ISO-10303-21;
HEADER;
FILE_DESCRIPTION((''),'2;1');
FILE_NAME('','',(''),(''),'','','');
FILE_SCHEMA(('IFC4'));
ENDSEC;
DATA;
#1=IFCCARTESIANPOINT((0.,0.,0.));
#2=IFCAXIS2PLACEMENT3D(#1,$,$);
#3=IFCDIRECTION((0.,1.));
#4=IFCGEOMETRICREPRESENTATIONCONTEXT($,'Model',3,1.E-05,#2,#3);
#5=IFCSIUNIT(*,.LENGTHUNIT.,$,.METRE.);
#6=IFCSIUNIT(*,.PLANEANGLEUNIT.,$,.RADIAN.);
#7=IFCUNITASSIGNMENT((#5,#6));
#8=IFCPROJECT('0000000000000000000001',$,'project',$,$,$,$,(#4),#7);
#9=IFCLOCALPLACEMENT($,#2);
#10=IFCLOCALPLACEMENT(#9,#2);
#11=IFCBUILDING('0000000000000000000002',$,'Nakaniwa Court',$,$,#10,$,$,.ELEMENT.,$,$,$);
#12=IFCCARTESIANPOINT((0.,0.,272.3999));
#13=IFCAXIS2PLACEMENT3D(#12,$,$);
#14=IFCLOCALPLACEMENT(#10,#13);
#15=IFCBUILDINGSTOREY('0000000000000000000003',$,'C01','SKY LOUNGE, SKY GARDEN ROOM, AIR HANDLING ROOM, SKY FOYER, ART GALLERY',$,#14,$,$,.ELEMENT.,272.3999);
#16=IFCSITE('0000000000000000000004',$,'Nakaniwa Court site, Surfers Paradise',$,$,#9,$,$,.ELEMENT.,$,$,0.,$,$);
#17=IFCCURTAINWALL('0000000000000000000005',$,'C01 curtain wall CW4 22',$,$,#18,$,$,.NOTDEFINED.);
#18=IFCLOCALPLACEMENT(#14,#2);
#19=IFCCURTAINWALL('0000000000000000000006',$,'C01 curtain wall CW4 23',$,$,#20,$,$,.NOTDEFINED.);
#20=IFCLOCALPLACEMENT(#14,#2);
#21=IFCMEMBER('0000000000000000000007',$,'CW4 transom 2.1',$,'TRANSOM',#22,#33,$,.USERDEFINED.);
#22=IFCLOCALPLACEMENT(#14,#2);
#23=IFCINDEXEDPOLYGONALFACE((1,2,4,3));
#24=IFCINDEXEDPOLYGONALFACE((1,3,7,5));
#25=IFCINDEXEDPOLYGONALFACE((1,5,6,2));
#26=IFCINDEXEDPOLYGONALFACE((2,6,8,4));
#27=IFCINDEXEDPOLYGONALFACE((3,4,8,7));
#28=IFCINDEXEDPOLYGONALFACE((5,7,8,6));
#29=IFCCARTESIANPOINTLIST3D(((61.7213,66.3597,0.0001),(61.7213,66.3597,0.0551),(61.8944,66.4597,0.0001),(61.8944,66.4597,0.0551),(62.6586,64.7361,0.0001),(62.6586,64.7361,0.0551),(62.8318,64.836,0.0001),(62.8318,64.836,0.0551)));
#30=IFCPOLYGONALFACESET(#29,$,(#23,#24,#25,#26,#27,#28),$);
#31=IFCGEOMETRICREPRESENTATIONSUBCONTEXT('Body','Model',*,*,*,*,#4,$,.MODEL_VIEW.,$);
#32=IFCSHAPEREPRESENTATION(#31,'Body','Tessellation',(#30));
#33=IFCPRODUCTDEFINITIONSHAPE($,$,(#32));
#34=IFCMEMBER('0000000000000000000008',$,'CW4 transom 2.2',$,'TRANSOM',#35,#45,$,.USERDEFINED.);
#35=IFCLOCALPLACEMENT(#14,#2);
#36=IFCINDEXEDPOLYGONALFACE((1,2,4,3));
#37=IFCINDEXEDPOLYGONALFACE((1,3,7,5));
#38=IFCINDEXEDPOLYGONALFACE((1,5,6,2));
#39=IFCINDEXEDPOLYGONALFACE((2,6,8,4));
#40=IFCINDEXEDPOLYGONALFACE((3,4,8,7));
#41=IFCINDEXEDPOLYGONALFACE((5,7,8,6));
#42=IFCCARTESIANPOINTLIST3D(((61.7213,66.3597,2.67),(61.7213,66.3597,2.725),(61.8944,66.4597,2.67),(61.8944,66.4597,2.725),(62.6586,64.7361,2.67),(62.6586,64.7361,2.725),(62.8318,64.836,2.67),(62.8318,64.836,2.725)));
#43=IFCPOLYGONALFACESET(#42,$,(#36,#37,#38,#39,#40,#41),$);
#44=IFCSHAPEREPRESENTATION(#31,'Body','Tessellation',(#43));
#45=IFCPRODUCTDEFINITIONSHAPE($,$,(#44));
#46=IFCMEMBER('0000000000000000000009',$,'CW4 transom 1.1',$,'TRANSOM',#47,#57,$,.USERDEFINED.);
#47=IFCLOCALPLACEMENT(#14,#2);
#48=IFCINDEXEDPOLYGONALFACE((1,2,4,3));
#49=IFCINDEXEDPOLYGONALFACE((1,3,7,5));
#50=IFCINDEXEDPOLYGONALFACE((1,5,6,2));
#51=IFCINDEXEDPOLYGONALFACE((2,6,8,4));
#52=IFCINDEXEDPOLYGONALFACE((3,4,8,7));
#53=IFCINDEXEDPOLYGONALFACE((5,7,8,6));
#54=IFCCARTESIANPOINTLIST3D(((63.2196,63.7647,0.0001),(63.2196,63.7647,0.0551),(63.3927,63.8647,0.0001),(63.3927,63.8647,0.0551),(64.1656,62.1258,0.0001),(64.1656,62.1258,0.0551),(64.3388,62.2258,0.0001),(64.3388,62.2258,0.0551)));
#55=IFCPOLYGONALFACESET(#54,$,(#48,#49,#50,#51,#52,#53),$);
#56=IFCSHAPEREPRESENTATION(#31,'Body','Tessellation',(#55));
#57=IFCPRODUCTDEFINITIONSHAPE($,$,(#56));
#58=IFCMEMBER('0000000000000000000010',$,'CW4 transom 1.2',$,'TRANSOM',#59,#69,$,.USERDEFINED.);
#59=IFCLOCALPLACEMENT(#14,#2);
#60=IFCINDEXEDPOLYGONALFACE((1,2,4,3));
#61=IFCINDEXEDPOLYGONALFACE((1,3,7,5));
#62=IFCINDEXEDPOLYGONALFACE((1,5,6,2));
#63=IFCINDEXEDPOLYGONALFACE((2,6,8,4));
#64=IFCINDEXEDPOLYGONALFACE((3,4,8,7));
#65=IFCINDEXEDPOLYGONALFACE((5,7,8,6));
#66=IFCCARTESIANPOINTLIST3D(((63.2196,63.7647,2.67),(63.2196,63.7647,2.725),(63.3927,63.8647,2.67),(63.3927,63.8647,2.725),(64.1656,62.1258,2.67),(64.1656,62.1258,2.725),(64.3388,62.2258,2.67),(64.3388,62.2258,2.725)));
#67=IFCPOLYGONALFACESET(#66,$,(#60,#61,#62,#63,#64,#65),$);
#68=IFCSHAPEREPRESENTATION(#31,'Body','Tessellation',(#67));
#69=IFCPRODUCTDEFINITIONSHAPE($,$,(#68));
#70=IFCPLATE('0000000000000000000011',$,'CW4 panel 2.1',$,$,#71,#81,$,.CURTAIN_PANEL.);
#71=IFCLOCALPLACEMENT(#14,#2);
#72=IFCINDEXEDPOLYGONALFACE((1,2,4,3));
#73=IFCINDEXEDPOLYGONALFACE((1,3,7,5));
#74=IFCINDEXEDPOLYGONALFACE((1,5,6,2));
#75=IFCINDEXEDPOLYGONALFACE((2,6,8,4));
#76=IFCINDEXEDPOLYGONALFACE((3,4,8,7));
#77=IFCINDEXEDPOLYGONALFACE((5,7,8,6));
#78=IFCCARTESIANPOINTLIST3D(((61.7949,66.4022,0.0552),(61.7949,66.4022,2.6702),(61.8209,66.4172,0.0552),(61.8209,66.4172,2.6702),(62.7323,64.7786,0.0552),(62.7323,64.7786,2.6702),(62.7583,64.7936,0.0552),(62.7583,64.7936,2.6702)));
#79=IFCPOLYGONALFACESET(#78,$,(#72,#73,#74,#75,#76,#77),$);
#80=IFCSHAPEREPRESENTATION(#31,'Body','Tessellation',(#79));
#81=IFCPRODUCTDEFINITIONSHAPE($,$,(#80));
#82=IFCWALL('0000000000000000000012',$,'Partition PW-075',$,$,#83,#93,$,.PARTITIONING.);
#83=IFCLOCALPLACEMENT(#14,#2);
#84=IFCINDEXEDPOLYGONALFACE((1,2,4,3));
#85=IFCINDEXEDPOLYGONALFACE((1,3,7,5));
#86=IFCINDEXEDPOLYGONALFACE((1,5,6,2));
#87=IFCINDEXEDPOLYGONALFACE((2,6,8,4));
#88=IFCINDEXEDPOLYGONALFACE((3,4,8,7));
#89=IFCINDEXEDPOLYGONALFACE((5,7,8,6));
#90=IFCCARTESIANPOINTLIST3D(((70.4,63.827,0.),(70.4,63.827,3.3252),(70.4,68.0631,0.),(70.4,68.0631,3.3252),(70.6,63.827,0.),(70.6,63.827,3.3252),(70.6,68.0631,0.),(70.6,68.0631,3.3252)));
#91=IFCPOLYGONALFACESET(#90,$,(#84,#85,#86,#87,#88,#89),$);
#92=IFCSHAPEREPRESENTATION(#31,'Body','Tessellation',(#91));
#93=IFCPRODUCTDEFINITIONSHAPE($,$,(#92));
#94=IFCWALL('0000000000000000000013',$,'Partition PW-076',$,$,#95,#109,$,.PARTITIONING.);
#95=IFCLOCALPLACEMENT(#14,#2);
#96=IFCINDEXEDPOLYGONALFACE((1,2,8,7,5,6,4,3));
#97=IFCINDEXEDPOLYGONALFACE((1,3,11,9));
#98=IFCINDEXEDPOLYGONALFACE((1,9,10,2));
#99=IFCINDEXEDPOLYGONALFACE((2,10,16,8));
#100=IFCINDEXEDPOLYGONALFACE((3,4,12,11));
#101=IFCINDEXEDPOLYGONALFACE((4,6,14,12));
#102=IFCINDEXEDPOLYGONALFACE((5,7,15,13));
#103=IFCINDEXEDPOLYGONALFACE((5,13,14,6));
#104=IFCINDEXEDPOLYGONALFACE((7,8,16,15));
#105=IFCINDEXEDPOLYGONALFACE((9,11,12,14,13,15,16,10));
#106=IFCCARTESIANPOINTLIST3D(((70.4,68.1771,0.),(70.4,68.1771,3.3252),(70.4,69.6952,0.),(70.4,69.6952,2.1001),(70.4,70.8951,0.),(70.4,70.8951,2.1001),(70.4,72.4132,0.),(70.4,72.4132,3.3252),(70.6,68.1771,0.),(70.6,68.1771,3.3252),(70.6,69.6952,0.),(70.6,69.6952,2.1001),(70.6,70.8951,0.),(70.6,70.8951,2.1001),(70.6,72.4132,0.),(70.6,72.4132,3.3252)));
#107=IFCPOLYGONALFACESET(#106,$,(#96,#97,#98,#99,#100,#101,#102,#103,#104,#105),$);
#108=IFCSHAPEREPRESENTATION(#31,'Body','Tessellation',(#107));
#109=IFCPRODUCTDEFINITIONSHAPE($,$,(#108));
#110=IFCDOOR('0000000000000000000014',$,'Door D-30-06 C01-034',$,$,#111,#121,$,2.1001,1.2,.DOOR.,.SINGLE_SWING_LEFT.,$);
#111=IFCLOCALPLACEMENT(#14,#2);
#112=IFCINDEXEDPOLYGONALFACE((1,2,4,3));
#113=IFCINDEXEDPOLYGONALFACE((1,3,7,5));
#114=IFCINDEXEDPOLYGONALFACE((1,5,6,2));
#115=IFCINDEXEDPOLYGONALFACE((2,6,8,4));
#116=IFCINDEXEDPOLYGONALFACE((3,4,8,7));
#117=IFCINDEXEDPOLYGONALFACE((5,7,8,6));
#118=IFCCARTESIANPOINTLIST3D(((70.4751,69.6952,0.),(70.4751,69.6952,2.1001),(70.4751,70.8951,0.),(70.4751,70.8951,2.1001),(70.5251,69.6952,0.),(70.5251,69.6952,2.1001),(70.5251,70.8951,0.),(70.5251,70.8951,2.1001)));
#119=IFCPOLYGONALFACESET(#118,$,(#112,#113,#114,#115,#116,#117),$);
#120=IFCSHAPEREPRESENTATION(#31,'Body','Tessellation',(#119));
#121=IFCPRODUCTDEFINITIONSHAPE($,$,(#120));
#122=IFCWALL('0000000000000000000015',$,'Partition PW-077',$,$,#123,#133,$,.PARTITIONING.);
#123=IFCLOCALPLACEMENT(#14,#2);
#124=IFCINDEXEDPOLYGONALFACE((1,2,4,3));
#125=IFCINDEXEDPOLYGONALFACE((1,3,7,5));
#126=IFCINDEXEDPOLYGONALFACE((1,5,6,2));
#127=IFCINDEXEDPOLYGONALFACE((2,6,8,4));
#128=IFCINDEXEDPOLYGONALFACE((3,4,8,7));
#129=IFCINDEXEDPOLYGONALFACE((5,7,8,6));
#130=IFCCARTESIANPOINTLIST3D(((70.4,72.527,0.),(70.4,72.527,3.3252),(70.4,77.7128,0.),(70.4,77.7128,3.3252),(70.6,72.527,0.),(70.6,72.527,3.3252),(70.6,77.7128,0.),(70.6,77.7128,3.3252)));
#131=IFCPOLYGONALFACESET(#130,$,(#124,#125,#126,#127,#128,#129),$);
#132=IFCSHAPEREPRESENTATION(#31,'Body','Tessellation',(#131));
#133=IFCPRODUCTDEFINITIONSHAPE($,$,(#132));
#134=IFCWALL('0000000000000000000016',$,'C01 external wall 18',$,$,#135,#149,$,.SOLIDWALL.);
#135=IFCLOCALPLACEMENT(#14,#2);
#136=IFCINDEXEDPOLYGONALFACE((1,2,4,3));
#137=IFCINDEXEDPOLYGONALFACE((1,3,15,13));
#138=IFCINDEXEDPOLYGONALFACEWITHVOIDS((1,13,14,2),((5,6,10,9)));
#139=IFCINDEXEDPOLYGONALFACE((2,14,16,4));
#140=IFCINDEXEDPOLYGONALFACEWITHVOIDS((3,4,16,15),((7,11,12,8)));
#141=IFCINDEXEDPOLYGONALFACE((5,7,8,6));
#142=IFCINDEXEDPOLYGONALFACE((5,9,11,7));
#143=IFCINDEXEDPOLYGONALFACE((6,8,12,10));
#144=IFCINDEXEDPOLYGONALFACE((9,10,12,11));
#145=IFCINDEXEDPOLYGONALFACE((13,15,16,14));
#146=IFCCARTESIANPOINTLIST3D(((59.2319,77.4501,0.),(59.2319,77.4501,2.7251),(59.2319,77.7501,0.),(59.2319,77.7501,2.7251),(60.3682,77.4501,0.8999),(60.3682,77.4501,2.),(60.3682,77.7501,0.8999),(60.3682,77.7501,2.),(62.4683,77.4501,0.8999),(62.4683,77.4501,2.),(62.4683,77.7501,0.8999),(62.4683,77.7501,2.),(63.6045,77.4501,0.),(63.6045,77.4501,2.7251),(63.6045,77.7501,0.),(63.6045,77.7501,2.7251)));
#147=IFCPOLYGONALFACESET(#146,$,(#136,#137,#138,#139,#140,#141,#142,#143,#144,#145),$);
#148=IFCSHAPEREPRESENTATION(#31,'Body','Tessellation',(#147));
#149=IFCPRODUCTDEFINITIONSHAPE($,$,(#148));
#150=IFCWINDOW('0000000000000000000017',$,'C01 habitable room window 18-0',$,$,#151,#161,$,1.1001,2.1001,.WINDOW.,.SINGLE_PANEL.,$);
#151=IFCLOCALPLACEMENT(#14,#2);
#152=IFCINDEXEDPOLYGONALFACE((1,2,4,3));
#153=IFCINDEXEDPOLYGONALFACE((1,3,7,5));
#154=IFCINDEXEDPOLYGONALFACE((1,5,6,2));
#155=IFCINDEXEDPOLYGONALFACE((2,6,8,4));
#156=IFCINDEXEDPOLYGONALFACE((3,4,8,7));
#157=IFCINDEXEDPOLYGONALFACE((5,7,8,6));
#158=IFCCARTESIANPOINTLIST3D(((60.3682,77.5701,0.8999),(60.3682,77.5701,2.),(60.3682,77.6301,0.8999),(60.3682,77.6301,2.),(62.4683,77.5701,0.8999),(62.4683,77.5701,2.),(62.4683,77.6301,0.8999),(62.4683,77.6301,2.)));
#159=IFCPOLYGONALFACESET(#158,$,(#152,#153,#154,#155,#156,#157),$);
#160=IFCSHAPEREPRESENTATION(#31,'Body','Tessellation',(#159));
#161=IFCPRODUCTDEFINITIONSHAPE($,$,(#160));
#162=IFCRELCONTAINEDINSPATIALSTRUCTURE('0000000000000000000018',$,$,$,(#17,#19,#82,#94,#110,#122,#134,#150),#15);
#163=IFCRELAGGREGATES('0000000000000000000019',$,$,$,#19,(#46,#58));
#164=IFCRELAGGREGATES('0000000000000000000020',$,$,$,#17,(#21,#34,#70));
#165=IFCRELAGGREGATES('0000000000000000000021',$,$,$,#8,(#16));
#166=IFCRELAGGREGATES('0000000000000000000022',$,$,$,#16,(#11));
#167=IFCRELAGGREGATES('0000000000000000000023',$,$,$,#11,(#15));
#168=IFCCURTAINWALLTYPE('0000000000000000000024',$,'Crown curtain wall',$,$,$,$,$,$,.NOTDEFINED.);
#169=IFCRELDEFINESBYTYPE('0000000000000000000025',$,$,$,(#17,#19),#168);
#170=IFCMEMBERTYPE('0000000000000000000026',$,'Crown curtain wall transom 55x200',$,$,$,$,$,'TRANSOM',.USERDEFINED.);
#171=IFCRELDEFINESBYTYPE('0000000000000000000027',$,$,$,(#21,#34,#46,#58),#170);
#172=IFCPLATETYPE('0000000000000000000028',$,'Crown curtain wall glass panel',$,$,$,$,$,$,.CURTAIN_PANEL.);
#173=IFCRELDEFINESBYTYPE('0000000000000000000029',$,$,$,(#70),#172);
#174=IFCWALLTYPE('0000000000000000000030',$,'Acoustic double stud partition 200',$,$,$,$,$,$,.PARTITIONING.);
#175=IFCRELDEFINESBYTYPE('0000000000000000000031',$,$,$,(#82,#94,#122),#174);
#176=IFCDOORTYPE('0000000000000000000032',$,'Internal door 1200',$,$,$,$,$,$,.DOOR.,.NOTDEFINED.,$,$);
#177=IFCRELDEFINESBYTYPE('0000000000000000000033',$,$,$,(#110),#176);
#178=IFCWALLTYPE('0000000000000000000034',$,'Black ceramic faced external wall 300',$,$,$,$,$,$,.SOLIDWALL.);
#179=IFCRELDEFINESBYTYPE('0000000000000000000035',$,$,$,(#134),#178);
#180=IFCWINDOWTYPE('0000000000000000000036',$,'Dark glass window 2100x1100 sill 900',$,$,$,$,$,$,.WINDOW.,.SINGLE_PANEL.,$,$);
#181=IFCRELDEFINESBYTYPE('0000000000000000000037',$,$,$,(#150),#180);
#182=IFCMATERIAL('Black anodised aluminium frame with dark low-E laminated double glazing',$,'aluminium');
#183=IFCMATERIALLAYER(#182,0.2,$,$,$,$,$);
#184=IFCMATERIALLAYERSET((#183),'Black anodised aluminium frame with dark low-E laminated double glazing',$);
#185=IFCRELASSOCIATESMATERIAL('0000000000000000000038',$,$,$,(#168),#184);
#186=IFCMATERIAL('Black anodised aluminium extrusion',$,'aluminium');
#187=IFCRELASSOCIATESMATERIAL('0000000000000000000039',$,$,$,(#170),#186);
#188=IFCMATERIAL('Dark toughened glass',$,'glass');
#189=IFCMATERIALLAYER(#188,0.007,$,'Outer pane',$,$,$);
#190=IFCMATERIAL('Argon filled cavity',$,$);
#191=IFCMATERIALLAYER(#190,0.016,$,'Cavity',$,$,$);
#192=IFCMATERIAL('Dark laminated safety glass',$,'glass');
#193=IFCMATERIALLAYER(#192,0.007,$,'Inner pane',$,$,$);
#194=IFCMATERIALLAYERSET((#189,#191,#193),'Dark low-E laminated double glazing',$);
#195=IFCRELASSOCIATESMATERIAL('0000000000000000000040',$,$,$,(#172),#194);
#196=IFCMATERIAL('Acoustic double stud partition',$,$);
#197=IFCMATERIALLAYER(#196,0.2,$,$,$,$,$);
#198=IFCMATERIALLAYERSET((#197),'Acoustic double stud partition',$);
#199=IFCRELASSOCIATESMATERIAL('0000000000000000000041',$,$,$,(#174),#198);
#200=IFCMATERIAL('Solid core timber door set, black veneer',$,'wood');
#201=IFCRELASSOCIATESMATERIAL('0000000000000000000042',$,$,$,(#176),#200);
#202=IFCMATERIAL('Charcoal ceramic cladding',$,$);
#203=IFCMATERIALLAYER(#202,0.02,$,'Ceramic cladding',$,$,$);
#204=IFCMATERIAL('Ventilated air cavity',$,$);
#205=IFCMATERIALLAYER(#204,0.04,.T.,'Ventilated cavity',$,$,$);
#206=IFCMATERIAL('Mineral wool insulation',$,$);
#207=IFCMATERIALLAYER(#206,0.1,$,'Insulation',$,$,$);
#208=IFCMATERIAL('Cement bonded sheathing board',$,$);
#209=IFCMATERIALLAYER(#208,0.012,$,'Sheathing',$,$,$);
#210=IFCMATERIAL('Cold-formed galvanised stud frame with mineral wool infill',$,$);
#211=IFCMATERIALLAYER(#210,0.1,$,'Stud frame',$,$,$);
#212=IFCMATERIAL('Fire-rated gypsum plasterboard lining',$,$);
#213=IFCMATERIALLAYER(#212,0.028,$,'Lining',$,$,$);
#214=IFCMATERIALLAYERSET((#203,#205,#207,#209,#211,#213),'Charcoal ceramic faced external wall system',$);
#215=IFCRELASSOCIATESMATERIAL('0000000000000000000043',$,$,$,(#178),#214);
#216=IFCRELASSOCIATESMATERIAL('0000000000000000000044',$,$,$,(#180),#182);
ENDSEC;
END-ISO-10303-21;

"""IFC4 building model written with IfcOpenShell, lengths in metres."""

from ifc_helpers import new_model, si_unit, direction, frame, frame_2d, origin, origin_2d, place, context, subcontext, project, spatial, rectangle, extrude, material, layer, layer_set, material_profile, profile_set, type_object, element, fill, aggregate, save


model = new_model("IFC4")

# Units and contexts
model_context = context("Model", 3, precision=1e-05, world=origin(), true_north=direction((0.0, 1.0)))
body_context = subcontext(model_context, "Body", "Model", "MODEL_VIEW")
ifc_project = project(units=[si_unit("LENGTHUNIT", "METRE"), si_unit("PLANEANGLEUNIT", "RADIAN")], contexts=[model_context])

# Site, building, storey
site_placement = place(None, origin())
site = spatial("IfcSite", under=ifc_project, at=site_placement, Name="Nakaniwa Court site, Surfers Paradise", CompositionType="ELEMENT", RefElevation=0.0)
building_placement = place(site_placement, origin())
building = spatial("IfcBuilding", under=site, at=building_placement, Name="Nakaniwa Court", CompositionType="ELEMENT")
storey_placement = place(building_placement, frame((0.0, 0.0, 272.3999)))
storey = spatial("IfcBuildingStorey", under=building, at=storey_placement, Name="C01", Description="SKY LOUNGE, SKY GARDEN ROOM, AIR HANDLING ROOM, SKY FOYER, ART GALLERY", CompositionType="ELEMENT", Elevation=272.3999)

# Curtain wall
ifc_material_1 = material(Name="Black anodised aluminium frame with dark low-E laminated double glazing", Category="aluminium")
ifc_layer_1 = layer(ifc_material_1, 0.2)
ifc_layer_set_1 = layer_set([ifc_layer_1], Name="Black anodised aluminium frame with dark low-E laminated double glazing")
curtain_wall_type = type_object("IfcCurtainWallType", Name="Crown curtain wall", PredefinedType="NOTDEFINED", material=ifc_layer_set_1)
curtain_wall_1_placement = place(storey_placement, origin())
curtain_wall_1 = element("IfcCurtainWall", 1, at=curtain_wall_1_placement, inside=storey, type_object=curtain_wall_type, Name="C01 curtain wall CW4 22", PredefinedType="NOTDEFINED")
ifc_material_2 = material(Name="Black anodised aluminium extrusion", Category="aluminium")

# Curtain wall
curtain_wall_2_placement = place(storey_placement, origin())
curtain_wall_2 = element("IfcCurtainWall", 2, at=curtain_wall_2_placement, inside=storey, type_object=curtain_wall_type, Name="C01 curtain wall CW4 23", PredefinedType="NOTDEFINED")

# Members
ifc_material_profile_1 = material_profile(ifc_material_2, rectangle(XDim=0.2, YDim=0.0549, at=origin_2d()), Name="Crown curtain wall transom 55x200")
ifc_profile_set_1 = profile_set([ifc_material_profile_1], Name="Black anodised aluminium extrusion")
member_type_1 = type_object("IfcMemberType", Name="Crown curtain wall transom 55x200", ElementType="TRANSOM", PredefinedType="USERDEFINED", material=ifc_profile_set_1)
member_1_placement = place(storey_placement, frame((61.8079, 66.4097, 0.0276), z_axis=(0.499963, -0.866047, 0.0), x_axis=(0.866047, 0.499963, 0.0)))
member_1 = element("IfcMember", 3, at=member_1_placement, type_object=member_type_1, Name="CW4 transom 2.1", ObjectType="TRANSOM", PredefinedType="USERDEFINED", context=body_context, shape_type="SweptSolid", body=[
    extrude(rectangle(XDim=0.2, YDim=0.0549, at=origin_2d()), origin(), (0.0, 0.0, 1.0), 1.8748),
])
member_2_placement = place(storey_placement, frame((61.8079, 66.4097, 2.6975), z_axis=(0.499963, -0.866047, 0.0), x_axis=(0.866047, 0.499963, 0.0)))
member_2 = element("IfcMember", 4, at=member_2_placement, type_object=member_type_1, Name="CW4 transom 2.2", ObjectType="TRANSOM", PredefinedType="USERDEFINED", context=body_context, shape_type="SweptSolid", body=[
    extrude(rectangle(XDim=0.2, YDim=0.0549, at=origin_2d()), origin(), (0.0, 0.0, 1.0), 1.8748),
])
member_3_placement = place(storey_placement, frame((63.3062, 63.8147, 0.0276), z_axis=(0.499927, -0.866067, 0.0), x_axis=(0.866067, 0.499927, 0.0)))
member_3 = element("IfcMember", 5, at=member_3_placement, type_object=member_type_1, Name="CW4 transom 1.1", ObjectType="TRANSOM", PredefinedType="USERDEFINED", context=body_context, shape_type="SweptSolid", body=[
    extrude(rectangle(XDim=0.2, YDim=0.0549, at=origin_2d()), origin(), (0.0, 0.0, 1.0), 1.8923),
])
member_4_placement = place(storey_placement, frame((63.3062, 63.8147, 2.6975), z_axis=(0.499927, -0.866067, 0.0), x_axis=(0.866067, 0.499927, 0.0)))
member_4 = element("IfcMember", 6, at=member_4_placement, type_object=member_type_1, Name="CW4 transom 1.2", ObjectType="TRANSOM", PredefinedType="USERDEFINED", context=body_context, shape_type="SweptSolid", body=[
    extrude(rectangle(XDim=0.2, YDim=0.0549, at=origin_2d()), origin(), (0.0, 0.0, 1.0), 1.8923),
])
aggregate(curtain_wall_2, [member_3, member_4])

# Plate
ifc_material_3 = material(Name="Dark toughened glass", Category="glass")
ifc_layer_2 = layer(ifc_material_3, 0.007, Name="Outer pane")
ifc_material_4 = material(Name="Argon filled cavity")
ifc_layer_3 = layer(ifc_material_4, 0.016, Name="Cavity")
ifc_material_5 = material(Name="Dark laminated safety glass", Category="glass")
ifc_layer_4 = layer(ifc_material_5, 0.007, Name="Inner pane")
ifc_layer_set_2 = layer_set([ifc_layer_2, ifc_layer_3, ifc_layer_4], Name="Dark low-E laminated double glazing")
plate_type = type_object("IfcPlateType", Name="Crown curtain wall glass panel", PredefinedType="CURTAIN_PANEL", material=ifc_layer_set_2)
plate_placement = place(storey_placement, frame((62.2766, 65.5979, 0.0552), z_axis=(0.0, 0.0, 1.0), x_axis=(0.500017, -0.866016, 0.0)))
plate = element("IfcPlate", 7, at=plate_placement, type_object=plate_type, Name="CW4 panel 2.1", PredefinedType="CURTAIN_PANEL", context=body_context, shape_type="SweptSolid", body=[
    extrude(rectangle(XDim=1.8748, YDim=0.03, at=origin_2d()), origin(), (0.0, 0.0, 1.0), 2.615),
])
aggregate(curtain_wall_1, [member_1, member_2, plate])

# Wall
ifc_material_6 = material(Name="Acoustic double stud partition")
ifc_layer_5 = layer(ifc_material_6, 0.2)
ifc_layer_set_3 = layer_set([ifc_layer_5], Name="Acoustic double stud partition")
wall_type_1 = type_object("IfcWallType", Name="Acoustic double stud partition 200", PredefinedType="PARTITIONING", material=ifc_layer_set_3)
wall_1_placement = place(storey_placement, frame((70.5, 63.8269, 0.0), z_axis=(0.0, 0.0, 1.0), x_axis=(0.0, 1.0, 0.0)))
element("IfcWall", 8, at=wall_1_placement, inside=storey, type_object=wall_type_1, Name="Partition PW-075", PredefinedType="PARTITIONING", context=body_context, shape_type="SweptSolid", body=[
    extrude(rectangle(XDim=4.2361, YDim=0.2, at=frame_2d((2.1182, 0.0))), origin(), (0.0, 0.0, 1.0), 3.3252),
])

# Wall, opening, door
wall_2_placement = place(storey_placement, frame((70.5, 68.177, 0.0), z_axis=(0.0, 0.0, 1.0), x_axis=(0.0, 1.0, 0.0)))
wall_2 = element("IfcWall", 9, at=wall_2_placement, inside=storey, type_object=wall_type_1, Name="Partition PW-076", PredefinedType="PARTITIONING", context=body_context, shape_type="SweptSolid", body=[
    extrude(rectangle(XDim=4.2361, YDim=0.2, at=frame_2d((2.1182, 0.0))), origin(), (0.0, 0.0, 1.0), 3.3252),
])
opening_1_placement = place(wall_2_placement, frame((1.5181, 0.0, 0.0)))
opening_1 = element("IfcOpeningElement", 10, at=opening_1_placement, cuts=wall_2, PredefinedType="OPENING", context=body_context, shape_type="SweptSolid", body=[
    extrude(rectangle(XDim=1.2, YDim=2.1001, at=frame_2d((0.6001, 1.05))), frame((0.0, 0.1099, 0.0), z_axis=(0.0, -1.0, 0.0), x_axis=(1.0, 0.0, 0.0)), (0.0, 0.0, 1.0), 0.22),
])
ifc_material_7 = material(Name="Solid core timber door set, black veneer", Category="wood")
door_type_1 = type_object("IfcDoorType", Name="Internal door 1200", OperationType="NOTDEFINED", PredefinedType="DOOR", material=ifc_material_7)
door_1_placement = place(opening_1_placement, origin())
door_1 = element("IfcDoor", 11, at=door_1_placement, inside=storey, type_object=door_type_1, Name="Door D-30-06 C01-034", OperationType="SINGLE_SWING_LEFT", OverallHeight=2.1001, OverallWidth=1.2, PredefinedType="DOOR", context=body_context, shape_type="SweptSolid", body=[
    extrude(rectangle(XDim=1.2, YDim=2.1001, at=frame_2d((0.6001, 1.05))), frame((0.0, 0.0249, 0.0), z_axis=(0.0, -1.0, 0.0), x_axis=(1.0, 0.0, 0.0)), (0.0, 0.0, 1.0), 0.05),
])
fill(opening_1, door_1)

# Wall
wall_3_placement = place(storey_placement, frame((70.5, 72.5271, 0.0), z_axis=(0.0, 0.0, 1.0), x_axis=(0.0, 1.0, 0.0)))
element("IfcWall", 12, at=wall_3_placement, inside=storey, type_object=wall_type_1, Name="Partition PW-077", PredefinedType="PARTITIONING", context=body_context, shape_type="SweptSolid", body=[
    extrude(rectangle(XDim=5.1858, YDim=0.2, at=frame_2d((2.5928, 0.0))), origin(), (0.0, 0.0, 1.0), 3.3252),
])

# Wall, opening, window
ifc_material_8 = material(Name="Charcoal ceramic cladding")
ifc_layer_6 = layer(ifc_material_8, 0.02, Name="Ceramic cladding")
ifc_material_9 = material(Name="Ventilated air cavity")
ifc_layer_7 = layer(ifc_material_9, 0.04, ventilated=True, Name="Ventilated cavity")
ifc_material_10 = material(Name="Mineral wool insulation")
ifc_layer_8 = layer(ifc_material_10, 0.1, Name="Insulation")
ifc_material_11 = material(Name="Cement bonded sheathing board")
ifc_layer_9 = layer(ifc_material_11, 0.012, Name="Sheathing")
ifc_material_12 = material(Name="Cold-formed galvanised stud frame with mineral wool infill")
ifc_layer_10 = layer(ifc_material_12, 0.1, Name="Stud frame")
ifc_material_13 = material(Name="Fire-rated gypsum plasterboard lining")
ifc_layer_11 = layer(ifc_material_13, 0.028, Name="Lining")
ifc_layer_set_4 = layer_set([ifc_layer_6, ifc_layer_7, ifc_layer_8, ifc_layer_9, ifc_layer_10, ifc_layer_11], Name="Charcoal ceramic faced external wall system")
wall_type_2 = type_object("IfcWallType", Name="Black ceramic faced external wall 300", PredefinedType="SOLIDWALL", material=ifc_layer_set_4)
wall_4_placement = place(storey_placement, frame((63.6045, 77.6001, 0.0), z_axis=(0.0, 0.0, 1.0), x_axis=(-1.0, 0.0, 0.0)))
wall_4 = element("IfcWall", 13, at=wall_4_placement, inside=storey, type_object=wall_type_2, Name="C01 external wall 18", PredefinedType="SOLIDWALL", context=body_context, shape_type="SweptSolid", body=[
    extrude(rectangle(XDim=4.3726, YDim=0.3, at=frame_2d((2.1863, 0.0))), origin(), (0.0, 0.0, 1.0), 2.7251),
])
opening_2_placement = place(wall_4_placement, frame((1.1362, 0.0, 0.8999)))
opening_2 = element("IfcOpeningElement", 14, at=opening_2_placement, cuts=wall_4, PredefinedType="OPENING", context=body_context, shape_type="SweptSolid", body=[
    extrude(rectangle(XDim=2.1001, YDim=1.1001, at=frame_2d((1.05, 0.55))), frame((0.0, 0.1599, 0.0), z_axis=(0.0, -1.0, 0.0), x_axis=(1.0, 0.0, 0.0)), (0.0, 0.0, 1.0), 0.3201),
])
window_type = type_object("IfcWindowType", Name="Dark glass window 2100x1100 sill 900", PartitioningType="SINGLE_PANEL", PredefinedType="WINDOW", material=ifc_material_1)
window_placement = place(opening_2_placement, origin())
window = element("IfcWindow", 15, at=window_placement, inside=storey, type_object=window_type, Name="C01 habitable room window 18-0", OverallHeight=1.1001, OverallWidth=2.1001, PartitioningType="SINGLE_PANEL", PredefinedType="WINDOW", context=body_context, shape_type="SweptSolid", body=[
    extrude(rectangle(XDim=2.1001, YDim=1.1001, at=frame_2d((1.05, 0.55))), frame((0.0, 0.03, 0.0), z_axis=(0.0, -1.0, 0.0), x_axis=(1.0, 0.0, 0.0)), (0.0, 0.0, 1.0), 0.0601),
])
fill(opening_2, window)

save(model, "model.ifc")
